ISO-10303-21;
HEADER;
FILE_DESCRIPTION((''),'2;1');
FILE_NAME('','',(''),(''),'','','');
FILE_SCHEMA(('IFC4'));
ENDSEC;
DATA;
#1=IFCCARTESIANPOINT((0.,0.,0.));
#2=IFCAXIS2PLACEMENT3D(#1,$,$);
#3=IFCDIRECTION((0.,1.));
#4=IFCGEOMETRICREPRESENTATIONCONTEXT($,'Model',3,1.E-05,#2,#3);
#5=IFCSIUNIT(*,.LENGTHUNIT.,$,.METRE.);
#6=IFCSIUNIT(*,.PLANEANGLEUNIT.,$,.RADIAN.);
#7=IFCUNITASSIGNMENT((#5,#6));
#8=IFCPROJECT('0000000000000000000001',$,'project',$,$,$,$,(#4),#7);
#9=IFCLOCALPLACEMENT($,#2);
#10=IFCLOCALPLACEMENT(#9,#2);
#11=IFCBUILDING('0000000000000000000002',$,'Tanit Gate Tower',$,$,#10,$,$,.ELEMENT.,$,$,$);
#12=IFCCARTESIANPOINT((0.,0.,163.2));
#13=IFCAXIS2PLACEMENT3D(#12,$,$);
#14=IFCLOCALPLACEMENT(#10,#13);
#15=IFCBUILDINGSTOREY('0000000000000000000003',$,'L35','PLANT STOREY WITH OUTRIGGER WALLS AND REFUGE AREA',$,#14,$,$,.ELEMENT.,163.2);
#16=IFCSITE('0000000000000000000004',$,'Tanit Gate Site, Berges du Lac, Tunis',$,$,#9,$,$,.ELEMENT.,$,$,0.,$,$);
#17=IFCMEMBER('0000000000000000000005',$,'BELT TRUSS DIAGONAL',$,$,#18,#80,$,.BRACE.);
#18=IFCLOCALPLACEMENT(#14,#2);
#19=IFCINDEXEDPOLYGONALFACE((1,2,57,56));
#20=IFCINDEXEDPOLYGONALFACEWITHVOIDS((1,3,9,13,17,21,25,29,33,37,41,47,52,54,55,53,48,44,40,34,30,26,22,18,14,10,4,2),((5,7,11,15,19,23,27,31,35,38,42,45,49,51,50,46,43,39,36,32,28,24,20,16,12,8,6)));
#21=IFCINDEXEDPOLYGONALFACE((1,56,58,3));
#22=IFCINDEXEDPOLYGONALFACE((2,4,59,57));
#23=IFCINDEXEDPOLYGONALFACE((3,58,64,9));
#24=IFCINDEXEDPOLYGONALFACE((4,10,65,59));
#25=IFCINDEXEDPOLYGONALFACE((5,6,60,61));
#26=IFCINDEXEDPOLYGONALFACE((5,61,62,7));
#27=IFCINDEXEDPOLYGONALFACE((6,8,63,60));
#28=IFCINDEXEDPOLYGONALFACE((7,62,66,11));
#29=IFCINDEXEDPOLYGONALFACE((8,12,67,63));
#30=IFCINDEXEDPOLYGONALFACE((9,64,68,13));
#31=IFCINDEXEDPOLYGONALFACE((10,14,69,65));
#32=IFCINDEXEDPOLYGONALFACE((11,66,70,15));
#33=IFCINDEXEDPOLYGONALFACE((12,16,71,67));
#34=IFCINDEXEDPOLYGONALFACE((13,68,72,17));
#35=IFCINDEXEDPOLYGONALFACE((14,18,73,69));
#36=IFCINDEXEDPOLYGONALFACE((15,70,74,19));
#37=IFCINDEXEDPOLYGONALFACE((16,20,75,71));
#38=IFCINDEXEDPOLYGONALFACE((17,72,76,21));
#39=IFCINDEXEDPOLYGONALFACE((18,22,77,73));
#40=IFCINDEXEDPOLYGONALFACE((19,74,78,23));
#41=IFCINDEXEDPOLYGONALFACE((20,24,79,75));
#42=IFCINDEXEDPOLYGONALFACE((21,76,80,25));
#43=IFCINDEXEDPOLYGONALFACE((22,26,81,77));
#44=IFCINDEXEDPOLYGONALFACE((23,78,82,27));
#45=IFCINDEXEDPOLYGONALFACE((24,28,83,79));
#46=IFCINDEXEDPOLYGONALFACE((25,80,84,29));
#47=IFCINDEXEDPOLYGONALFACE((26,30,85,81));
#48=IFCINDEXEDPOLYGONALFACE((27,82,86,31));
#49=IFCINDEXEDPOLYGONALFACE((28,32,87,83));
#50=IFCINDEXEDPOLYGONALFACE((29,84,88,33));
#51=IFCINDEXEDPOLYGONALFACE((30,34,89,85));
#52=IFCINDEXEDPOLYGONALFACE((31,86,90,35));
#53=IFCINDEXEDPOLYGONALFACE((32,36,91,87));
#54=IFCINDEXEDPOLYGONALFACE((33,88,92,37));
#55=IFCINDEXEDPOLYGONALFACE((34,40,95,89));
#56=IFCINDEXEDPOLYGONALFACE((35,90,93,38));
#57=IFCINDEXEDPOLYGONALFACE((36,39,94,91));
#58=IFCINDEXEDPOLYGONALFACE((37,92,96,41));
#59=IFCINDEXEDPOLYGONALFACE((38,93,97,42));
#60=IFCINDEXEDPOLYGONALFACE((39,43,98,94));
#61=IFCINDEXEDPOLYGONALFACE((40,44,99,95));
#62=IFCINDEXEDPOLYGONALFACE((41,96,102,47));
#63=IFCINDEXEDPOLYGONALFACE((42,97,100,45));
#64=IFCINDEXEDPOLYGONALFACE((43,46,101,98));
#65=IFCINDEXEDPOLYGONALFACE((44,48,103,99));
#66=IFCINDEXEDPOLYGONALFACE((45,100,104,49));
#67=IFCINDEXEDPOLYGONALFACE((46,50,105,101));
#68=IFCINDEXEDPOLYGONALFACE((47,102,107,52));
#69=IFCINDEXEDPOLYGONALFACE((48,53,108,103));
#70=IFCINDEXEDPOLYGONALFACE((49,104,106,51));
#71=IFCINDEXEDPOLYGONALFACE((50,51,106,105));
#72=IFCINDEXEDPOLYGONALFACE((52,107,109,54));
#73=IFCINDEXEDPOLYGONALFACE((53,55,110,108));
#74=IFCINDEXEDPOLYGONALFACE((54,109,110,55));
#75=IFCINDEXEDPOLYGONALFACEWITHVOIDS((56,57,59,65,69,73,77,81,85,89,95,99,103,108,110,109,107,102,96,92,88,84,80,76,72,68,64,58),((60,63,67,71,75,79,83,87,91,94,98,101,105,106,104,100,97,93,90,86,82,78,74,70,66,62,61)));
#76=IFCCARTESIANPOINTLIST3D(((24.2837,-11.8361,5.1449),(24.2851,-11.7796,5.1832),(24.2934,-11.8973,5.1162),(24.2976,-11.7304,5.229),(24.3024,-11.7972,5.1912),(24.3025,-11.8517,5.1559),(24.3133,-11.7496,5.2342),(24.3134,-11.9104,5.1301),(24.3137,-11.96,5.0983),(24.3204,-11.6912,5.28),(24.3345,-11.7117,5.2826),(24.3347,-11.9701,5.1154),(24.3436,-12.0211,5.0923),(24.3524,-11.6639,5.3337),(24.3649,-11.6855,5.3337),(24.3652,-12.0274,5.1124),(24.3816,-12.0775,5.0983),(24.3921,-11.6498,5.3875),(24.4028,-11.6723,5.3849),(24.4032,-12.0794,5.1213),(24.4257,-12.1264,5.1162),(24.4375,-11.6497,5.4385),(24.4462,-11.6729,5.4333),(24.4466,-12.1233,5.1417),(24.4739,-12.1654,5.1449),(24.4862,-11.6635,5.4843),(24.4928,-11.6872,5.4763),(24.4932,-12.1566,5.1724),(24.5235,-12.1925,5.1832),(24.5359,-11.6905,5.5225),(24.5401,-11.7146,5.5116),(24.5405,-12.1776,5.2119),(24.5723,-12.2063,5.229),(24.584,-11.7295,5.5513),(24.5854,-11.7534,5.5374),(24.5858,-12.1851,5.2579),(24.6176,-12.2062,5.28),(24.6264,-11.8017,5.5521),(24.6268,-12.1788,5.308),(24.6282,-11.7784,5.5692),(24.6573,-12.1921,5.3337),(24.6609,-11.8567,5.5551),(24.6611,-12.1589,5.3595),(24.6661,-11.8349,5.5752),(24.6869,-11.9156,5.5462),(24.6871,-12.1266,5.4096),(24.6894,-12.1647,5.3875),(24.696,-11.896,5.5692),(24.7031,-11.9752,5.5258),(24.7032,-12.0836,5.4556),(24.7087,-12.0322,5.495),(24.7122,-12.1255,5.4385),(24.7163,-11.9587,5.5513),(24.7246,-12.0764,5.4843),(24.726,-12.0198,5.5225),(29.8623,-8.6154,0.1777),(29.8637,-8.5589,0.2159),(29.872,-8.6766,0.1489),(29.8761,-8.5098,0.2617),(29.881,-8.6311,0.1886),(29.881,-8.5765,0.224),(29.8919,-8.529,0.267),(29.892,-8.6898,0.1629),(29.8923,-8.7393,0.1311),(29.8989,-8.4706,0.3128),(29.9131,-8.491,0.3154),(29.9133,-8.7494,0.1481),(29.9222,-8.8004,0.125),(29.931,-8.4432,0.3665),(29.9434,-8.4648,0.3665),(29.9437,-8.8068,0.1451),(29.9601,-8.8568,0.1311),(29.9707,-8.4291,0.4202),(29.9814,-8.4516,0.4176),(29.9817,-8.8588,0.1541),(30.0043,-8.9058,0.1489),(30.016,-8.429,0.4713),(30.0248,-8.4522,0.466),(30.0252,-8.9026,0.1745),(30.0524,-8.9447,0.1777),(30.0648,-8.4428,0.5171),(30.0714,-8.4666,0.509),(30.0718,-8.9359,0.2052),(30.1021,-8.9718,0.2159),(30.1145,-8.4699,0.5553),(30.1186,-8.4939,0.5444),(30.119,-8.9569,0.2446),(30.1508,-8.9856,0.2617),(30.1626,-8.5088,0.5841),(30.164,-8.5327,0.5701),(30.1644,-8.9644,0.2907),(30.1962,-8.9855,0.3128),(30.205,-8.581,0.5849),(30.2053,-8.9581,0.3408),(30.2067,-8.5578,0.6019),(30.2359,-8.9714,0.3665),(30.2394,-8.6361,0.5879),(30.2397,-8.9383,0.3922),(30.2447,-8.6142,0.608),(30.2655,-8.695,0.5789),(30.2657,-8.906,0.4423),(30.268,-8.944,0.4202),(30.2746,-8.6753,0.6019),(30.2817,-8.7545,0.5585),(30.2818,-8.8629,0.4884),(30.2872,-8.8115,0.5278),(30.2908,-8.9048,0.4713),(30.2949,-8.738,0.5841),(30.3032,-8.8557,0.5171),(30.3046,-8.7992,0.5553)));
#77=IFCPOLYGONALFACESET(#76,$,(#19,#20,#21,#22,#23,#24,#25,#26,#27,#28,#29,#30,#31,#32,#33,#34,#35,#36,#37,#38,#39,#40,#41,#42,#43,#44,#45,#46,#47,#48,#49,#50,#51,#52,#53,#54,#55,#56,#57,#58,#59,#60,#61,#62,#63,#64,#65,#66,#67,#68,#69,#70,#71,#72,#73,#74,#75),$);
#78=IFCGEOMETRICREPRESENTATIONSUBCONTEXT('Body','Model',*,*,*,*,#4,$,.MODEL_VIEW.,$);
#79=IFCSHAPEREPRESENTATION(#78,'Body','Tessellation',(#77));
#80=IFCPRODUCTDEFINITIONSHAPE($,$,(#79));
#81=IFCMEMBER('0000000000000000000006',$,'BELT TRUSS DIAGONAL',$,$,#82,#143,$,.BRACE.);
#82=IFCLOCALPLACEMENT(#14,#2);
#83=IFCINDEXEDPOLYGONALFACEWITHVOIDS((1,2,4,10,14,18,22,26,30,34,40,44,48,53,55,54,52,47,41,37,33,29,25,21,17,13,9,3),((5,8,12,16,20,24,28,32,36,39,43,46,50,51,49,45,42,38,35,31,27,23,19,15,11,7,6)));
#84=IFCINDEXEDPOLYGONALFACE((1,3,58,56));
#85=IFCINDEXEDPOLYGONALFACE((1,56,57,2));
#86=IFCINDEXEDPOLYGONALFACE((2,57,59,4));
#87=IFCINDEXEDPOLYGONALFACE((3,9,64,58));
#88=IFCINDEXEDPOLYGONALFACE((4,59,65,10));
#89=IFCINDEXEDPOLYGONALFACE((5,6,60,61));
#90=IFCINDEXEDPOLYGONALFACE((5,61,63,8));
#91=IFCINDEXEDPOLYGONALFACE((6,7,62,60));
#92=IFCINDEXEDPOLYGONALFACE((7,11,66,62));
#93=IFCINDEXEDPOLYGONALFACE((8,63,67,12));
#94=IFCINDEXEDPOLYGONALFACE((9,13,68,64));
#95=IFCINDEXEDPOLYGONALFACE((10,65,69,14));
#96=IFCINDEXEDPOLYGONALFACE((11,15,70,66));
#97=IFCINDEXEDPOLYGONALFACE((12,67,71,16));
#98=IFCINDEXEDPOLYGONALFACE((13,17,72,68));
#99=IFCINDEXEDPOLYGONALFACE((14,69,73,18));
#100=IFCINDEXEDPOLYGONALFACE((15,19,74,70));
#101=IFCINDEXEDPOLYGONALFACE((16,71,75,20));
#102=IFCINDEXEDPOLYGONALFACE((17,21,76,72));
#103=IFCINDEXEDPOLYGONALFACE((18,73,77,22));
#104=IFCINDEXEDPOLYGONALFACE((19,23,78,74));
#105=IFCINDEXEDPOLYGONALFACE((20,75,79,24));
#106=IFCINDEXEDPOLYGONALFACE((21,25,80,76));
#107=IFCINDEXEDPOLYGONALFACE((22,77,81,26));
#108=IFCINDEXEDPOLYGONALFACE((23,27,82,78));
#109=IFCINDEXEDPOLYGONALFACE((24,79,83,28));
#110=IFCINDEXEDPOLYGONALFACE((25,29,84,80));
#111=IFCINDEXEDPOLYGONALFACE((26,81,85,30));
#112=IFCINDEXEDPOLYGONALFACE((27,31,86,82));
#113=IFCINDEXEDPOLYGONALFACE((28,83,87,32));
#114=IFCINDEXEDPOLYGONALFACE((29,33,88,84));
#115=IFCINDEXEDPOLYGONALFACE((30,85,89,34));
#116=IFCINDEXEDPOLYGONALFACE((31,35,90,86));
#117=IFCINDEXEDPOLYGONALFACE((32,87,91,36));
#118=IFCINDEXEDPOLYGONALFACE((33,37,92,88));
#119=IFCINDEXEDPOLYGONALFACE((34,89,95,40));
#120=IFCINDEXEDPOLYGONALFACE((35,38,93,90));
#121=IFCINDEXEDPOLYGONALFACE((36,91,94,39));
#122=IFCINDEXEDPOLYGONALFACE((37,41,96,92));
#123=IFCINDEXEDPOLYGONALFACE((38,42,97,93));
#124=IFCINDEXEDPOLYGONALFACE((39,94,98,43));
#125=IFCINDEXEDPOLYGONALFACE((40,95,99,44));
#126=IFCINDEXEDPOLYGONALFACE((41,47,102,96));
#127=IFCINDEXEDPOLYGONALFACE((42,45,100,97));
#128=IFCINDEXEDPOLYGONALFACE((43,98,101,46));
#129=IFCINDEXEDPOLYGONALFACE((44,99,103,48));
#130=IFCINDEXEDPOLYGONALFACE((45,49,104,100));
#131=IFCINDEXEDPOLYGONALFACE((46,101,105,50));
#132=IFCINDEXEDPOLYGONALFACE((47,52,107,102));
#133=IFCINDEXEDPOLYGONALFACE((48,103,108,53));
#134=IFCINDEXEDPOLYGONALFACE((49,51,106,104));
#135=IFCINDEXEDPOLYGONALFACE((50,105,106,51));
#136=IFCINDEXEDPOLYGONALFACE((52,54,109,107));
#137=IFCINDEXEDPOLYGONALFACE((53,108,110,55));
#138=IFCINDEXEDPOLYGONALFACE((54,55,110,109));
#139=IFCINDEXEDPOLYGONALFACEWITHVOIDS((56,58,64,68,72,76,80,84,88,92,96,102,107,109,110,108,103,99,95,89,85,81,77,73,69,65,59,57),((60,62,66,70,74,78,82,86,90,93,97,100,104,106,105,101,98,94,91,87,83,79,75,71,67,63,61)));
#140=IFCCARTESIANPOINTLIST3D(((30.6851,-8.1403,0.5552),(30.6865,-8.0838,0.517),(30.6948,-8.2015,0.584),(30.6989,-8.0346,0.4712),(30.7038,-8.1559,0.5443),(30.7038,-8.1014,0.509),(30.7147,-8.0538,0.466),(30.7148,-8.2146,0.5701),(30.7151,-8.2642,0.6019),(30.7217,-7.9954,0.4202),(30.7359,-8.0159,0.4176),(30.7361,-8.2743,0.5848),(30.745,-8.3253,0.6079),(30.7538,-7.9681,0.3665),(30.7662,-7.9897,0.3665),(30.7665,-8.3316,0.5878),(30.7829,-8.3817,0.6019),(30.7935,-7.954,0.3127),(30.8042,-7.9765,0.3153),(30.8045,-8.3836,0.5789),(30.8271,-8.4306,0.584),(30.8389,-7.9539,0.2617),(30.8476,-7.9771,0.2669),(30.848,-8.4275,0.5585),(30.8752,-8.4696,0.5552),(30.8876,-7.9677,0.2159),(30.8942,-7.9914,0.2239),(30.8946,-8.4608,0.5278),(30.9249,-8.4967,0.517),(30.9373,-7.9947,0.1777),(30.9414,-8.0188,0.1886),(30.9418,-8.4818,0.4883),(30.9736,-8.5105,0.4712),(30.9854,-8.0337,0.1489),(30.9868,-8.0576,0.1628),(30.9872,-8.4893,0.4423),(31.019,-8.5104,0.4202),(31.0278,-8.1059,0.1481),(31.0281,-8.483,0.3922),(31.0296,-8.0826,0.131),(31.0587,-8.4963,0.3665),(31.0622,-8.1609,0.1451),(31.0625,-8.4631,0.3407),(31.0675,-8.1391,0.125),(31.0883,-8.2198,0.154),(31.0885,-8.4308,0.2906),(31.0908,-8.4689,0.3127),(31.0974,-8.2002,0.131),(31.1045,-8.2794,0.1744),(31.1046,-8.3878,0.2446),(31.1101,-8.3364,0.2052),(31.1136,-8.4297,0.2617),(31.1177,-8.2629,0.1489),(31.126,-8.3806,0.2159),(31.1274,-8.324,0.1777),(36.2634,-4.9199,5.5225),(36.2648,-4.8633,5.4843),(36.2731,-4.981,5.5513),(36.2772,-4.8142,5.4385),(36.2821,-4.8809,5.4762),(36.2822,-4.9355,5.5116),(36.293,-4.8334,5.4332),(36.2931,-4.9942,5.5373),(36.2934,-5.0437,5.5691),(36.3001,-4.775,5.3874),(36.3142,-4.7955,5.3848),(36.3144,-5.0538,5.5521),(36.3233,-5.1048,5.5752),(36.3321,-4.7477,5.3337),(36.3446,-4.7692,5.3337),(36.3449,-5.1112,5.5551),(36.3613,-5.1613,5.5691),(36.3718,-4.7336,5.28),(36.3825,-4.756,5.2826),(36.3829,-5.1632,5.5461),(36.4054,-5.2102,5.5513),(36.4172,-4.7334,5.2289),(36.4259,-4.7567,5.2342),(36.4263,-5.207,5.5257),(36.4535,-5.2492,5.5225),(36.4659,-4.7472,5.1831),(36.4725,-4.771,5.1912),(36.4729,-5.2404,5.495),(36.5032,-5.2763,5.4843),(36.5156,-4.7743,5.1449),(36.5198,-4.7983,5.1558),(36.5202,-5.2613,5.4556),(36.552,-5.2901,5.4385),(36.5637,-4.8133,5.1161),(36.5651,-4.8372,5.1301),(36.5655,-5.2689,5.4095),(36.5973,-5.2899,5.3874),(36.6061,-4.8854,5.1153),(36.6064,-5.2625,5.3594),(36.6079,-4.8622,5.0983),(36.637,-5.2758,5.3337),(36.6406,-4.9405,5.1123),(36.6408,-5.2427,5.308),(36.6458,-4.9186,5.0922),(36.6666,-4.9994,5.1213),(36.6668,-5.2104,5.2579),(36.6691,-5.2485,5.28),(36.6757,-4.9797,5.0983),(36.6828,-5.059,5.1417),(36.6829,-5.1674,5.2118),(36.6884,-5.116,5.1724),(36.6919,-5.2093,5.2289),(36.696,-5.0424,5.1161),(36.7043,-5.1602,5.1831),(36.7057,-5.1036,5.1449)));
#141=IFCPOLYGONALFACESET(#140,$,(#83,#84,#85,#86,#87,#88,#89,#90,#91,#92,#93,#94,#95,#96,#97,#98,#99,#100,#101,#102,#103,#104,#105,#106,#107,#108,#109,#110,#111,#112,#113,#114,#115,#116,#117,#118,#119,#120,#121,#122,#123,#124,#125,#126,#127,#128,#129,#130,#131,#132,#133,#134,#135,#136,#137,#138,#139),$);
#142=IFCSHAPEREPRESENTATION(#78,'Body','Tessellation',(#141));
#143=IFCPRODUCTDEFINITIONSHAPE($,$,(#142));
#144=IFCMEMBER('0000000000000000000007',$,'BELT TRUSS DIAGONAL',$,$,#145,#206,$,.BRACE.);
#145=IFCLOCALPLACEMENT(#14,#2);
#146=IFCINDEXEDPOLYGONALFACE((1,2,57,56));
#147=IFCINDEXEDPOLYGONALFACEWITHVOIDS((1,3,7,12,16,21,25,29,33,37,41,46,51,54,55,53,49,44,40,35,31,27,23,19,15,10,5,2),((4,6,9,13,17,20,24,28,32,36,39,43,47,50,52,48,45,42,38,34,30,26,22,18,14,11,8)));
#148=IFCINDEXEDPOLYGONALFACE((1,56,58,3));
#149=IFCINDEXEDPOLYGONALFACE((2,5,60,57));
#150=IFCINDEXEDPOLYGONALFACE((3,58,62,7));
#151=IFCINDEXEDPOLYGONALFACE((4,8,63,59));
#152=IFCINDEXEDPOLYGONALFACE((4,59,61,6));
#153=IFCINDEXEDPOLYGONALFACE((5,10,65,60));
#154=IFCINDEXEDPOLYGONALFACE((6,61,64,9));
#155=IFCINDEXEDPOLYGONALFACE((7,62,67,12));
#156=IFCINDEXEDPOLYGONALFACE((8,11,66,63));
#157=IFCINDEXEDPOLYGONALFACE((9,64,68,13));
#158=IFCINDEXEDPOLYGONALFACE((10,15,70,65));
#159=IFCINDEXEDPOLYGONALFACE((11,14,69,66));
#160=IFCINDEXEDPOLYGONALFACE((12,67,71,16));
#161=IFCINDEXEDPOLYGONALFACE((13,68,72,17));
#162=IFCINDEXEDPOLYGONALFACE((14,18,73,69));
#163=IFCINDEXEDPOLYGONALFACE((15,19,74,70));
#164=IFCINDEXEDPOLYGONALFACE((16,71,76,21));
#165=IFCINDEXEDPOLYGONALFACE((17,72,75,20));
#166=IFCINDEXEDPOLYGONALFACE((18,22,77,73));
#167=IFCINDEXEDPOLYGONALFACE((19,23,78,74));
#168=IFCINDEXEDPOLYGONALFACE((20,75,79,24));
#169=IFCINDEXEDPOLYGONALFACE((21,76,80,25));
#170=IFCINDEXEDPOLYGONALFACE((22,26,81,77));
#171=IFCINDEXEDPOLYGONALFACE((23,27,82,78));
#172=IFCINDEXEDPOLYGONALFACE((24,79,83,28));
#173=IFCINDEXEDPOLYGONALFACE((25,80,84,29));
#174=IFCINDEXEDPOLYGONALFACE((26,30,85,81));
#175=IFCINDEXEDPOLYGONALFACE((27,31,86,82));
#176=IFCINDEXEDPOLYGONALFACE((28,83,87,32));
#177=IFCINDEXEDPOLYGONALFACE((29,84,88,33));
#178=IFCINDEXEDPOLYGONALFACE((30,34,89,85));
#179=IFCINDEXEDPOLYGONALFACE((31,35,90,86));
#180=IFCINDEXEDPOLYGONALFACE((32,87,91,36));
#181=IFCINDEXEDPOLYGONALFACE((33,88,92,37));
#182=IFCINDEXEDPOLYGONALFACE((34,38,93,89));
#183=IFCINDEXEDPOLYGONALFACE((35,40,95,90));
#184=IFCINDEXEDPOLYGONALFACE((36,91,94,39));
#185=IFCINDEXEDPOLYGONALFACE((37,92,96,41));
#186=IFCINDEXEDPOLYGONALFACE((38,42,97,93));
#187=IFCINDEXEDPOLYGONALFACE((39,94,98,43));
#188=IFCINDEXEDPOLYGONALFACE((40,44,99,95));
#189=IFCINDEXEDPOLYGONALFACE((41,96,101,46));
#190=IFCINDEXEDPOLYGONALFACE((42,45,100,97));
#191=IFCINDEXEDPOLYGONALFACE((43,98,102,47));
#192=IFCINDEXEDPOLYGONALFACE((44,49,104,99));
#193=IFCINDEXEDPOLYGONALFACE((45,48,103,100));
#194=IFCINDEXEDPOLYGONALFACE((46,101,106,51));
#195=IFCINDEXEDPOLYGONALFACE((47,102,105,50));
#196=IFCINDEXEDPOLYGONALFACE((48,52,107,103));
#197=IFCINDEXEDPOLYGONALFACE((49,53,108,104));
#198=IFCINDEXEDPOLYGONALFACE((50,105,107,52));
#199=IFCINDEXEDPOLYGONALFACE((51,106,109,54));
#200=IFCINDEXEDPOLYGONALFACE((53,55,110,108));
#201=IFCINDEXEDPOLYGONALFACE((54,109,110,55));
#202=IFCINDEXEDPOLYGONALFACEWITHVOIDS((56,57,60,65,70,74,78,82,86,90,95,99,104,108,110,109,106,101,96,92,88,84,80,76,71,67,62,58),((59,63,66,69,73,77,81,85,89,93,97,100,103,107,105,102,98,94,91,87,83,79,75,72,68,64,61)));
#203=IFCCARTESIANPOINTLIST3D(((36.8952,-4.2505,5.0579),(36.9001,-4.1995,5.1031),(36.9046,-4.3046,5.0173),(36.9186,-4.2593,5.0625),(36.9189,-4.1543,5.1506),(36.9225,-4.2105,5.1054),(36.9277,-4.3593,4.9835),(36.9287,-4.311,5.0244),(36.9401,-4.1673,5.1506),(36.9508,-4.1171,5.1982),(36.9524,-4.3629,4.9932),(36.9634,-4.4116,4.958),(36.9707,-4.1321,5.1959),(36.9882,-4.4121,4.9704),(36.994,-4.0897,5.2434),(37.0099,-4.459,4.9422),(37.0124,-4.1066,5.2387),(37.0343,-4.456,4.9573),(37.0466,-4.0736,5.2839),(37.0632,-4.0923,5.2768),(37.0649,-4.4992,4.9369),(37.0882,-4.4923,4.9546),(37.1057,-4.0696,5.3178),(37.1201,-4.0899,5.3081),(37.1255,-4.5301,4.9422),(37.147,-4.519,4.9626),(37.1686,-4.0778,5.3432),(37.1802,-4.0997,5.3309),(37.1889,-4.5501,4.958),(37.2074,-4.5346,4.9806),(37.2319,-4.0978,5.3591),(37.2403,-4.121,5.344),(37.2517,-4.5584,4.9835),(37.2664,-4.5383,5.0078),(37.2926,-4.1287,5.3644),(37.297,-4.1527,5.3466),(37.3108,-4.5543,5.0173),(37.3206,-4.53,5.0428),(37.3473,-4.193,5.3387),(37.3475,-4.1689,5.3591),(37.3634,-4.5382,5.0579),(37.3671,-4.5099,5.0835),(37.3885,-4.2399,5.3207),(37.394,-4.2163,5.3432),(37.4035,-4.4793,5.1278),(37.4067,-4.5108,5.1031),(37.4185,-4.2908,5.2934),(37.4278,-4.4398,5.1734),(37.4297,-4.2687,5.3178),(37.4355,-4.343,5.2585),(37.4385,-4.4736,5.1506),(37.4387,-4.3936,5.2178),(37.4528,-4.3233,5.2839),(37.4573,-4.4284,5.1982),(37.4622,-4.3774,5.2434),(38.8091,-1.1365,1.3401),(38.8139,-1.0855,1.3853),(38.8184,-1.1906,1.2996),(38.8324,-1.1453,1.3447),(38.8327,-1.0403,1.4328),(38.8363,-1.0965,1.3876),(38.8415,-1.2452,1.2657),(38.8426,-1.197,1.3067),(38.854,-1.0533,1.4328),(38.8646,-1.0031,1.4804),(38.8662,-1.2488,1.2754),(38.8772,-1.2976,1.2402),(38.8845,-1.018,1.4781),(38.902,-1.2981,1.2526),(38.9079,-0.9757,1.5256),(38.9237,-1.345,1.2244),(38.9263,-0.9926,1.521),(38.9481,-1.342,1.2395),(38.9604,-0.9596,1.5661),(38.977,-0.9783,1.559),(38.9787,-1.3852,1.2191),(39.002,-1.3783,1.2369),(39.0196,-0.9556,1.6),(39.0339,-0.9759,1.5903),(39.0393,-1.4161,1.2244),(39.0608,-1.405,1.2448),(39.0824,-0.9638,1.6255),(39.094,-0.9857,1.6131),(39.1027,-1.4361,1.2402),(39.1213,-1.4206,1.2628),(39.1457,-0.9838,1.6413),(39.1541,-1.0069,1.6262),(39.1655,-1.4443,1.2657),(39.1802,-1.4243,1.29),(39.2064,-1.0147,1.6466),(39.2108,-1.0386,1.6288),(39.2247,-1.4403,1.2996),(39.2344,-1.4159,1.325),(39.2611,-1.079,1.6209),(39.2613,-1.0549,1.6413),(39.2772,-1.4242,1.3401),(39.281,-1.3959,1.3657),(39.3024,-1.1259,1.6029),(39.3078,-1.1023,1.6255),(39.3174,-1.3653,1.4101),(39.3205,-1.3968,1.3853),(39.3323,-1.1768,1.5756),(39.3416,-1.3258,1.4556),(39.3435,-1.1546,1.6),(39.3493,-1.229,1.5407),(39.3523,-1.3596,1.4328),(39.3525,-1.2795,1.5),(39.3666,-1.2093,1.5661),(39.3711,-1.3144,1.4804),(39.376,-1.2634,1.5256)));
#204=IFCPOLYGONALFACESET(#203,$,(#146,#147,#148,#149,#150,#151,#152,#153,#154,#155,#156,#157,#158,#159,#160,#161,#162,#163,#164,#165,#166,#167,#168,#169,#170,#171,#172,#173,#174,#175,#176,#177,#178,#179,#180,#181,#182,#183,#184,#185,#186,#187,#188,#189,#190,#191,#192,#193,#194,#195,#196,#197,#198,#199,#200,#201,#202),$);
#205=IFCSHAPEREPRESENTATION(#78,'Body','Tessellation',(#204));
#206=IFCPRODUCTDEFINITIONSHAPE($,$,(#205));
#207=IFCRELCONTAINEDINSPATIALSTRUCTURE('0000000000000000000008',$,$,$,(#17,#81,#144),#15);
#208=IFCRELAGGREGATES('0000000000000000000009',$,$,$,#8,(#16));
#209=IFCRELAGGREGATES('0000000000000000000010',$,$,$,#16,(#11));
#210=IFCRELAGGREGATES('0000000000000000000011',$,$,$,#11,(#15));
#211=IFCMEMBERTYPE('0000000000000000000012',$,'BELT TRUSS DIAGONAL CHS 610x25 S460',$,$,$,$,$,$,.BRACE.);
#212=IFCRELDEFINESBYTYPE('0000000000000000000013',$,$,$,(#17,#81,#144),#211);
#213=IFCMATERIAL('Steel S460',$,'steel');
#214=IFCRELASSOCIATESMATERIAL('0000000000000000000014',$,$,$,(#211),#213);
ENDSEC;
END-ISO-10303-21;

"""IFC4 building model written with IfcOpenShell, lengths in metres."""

from ifc_helpers import new_model, si_unit, direction, frame, origin, origin_2d, place, context, subcontext, project, spatial, hollow_circle, extrude, material, material_profile, profile_set, type_object, element, save


model = new_model("IFC4")

# Units and contexts
model_context = context("Model", 3, precision=1e-05, world=origin(), true_north=direction((0.0, 1.0)))
body_context = subcontext(model_context, "Body", "Model", "MODEL_VIEW")
ifc_project = project(units=[si_unit("LENGTHUNIT", "METRE"), si_unit("PLANEANGLEUNIT", "RADIAN")], contexts=[model_context])

# Site, building, storey
site_placement = place(None, origin())
site = spatial("IfcSite", under=ifc_project, at=site_placement, Name="Tanit Gate Site, Berges du Lac, Tunis", CompositionType="ELEMENT", RefElevation=0.0)
building_placement = place(site_placement, origin())
building = spatial("IfcBuilding", under=site, at=building_placement, Name="Tanit Gate Tower", CompositionType="ELEMENT")
storey_placement = place(building_placement, frame((0.0, 0.0, 163.2)))
storey = spatial("IfcBuildingStorey", under=building, at=storey_placement, Name="L35", Description="PLANT STOREY WITH OUTRIGGER WALLS AND REFUGE AREA", CompositionType="ELEMENT", Elevation=163.2)

# Members
ifc_material_1 = material(Name="Steel S460", Category="steel")
ifc_material_profile_1 = material_profile(ifc_material_1, hollow_circle(Radius=0.3049, WallThickness=0.0249, at=origin_2d()), Name="CHS 610x25")
ifc_profile_set_1 = profile_set([ifc_material_profile_1], Name="Steel S460")
member_type = type_object("IfcMemberType", Name="BELT TRUSS DIAGONAL CHS 610x25 S460", PredefinedType="BRACE", material=ifc_profile_set_1)
member_1_placement = place(storey_placement, frame((24.5049, -11.928, 5.3337), z_axis=(0.685809, 0.395938, -0.610655), x_axis=(-0.499987, 0.866033, 0.0)))
element("IfcMember", 1, at=member_1_placement, inside=storey, type_object=member_type, Name="BELT TRUSS DIAGONAL", PredefinedType="BRACE", context=body_context, shape_type="SweptSolid", body=[
    extrude(hollow_circle(Radius=0.3049, WallThickness=0.0249, at=origin_2d()), origin(), (0.0, 0.0, 1.0), 8.1343),
])
member_2_placement = place(storey_placement, frame((30.9062, -8.2322, 0.3665), z_axis=(0.685801, 0.395921, 0.610675), x_axis=(-0.499975, 0.86604, 0.0)))
element("IfcMember", 2, at=member_2_placement, inside=storey, type_object=member_type, Name="BELT TRUSS DIAGONAL", PredefinedType="BRACE", context=body_context, shape_type="SweptSolid", body=[
    extrude(hollow_circle(Radius=0.3049, WallThickness=0.0249, at=origin_2d()), origin(), (0.0, 0.0, 1.0), 8.134),
])
member_3_placement = place(storey_placement, frame((37.1787, -4.314, 5.1506), z_axis=(0.367082, 0.597287, -0.713091), x_axis=(-0.851963, 0.523602, 0.0)))
element("IfcMember", 3, at=member_3_placement, inside=storey, type_object=member_type, Name="BELT TRUSS DIAGONAL", PredefinedType="BRACE", context=body_context, shape_type="SweptSolid", body=[
    extrude(hollow_circle(Radius=0.3049, WallThickness=0.0249, at=origin_2d()), origin(), (0.0, 0.0, 1.0), 5.2136),
])

save(model, "model.ifc")
